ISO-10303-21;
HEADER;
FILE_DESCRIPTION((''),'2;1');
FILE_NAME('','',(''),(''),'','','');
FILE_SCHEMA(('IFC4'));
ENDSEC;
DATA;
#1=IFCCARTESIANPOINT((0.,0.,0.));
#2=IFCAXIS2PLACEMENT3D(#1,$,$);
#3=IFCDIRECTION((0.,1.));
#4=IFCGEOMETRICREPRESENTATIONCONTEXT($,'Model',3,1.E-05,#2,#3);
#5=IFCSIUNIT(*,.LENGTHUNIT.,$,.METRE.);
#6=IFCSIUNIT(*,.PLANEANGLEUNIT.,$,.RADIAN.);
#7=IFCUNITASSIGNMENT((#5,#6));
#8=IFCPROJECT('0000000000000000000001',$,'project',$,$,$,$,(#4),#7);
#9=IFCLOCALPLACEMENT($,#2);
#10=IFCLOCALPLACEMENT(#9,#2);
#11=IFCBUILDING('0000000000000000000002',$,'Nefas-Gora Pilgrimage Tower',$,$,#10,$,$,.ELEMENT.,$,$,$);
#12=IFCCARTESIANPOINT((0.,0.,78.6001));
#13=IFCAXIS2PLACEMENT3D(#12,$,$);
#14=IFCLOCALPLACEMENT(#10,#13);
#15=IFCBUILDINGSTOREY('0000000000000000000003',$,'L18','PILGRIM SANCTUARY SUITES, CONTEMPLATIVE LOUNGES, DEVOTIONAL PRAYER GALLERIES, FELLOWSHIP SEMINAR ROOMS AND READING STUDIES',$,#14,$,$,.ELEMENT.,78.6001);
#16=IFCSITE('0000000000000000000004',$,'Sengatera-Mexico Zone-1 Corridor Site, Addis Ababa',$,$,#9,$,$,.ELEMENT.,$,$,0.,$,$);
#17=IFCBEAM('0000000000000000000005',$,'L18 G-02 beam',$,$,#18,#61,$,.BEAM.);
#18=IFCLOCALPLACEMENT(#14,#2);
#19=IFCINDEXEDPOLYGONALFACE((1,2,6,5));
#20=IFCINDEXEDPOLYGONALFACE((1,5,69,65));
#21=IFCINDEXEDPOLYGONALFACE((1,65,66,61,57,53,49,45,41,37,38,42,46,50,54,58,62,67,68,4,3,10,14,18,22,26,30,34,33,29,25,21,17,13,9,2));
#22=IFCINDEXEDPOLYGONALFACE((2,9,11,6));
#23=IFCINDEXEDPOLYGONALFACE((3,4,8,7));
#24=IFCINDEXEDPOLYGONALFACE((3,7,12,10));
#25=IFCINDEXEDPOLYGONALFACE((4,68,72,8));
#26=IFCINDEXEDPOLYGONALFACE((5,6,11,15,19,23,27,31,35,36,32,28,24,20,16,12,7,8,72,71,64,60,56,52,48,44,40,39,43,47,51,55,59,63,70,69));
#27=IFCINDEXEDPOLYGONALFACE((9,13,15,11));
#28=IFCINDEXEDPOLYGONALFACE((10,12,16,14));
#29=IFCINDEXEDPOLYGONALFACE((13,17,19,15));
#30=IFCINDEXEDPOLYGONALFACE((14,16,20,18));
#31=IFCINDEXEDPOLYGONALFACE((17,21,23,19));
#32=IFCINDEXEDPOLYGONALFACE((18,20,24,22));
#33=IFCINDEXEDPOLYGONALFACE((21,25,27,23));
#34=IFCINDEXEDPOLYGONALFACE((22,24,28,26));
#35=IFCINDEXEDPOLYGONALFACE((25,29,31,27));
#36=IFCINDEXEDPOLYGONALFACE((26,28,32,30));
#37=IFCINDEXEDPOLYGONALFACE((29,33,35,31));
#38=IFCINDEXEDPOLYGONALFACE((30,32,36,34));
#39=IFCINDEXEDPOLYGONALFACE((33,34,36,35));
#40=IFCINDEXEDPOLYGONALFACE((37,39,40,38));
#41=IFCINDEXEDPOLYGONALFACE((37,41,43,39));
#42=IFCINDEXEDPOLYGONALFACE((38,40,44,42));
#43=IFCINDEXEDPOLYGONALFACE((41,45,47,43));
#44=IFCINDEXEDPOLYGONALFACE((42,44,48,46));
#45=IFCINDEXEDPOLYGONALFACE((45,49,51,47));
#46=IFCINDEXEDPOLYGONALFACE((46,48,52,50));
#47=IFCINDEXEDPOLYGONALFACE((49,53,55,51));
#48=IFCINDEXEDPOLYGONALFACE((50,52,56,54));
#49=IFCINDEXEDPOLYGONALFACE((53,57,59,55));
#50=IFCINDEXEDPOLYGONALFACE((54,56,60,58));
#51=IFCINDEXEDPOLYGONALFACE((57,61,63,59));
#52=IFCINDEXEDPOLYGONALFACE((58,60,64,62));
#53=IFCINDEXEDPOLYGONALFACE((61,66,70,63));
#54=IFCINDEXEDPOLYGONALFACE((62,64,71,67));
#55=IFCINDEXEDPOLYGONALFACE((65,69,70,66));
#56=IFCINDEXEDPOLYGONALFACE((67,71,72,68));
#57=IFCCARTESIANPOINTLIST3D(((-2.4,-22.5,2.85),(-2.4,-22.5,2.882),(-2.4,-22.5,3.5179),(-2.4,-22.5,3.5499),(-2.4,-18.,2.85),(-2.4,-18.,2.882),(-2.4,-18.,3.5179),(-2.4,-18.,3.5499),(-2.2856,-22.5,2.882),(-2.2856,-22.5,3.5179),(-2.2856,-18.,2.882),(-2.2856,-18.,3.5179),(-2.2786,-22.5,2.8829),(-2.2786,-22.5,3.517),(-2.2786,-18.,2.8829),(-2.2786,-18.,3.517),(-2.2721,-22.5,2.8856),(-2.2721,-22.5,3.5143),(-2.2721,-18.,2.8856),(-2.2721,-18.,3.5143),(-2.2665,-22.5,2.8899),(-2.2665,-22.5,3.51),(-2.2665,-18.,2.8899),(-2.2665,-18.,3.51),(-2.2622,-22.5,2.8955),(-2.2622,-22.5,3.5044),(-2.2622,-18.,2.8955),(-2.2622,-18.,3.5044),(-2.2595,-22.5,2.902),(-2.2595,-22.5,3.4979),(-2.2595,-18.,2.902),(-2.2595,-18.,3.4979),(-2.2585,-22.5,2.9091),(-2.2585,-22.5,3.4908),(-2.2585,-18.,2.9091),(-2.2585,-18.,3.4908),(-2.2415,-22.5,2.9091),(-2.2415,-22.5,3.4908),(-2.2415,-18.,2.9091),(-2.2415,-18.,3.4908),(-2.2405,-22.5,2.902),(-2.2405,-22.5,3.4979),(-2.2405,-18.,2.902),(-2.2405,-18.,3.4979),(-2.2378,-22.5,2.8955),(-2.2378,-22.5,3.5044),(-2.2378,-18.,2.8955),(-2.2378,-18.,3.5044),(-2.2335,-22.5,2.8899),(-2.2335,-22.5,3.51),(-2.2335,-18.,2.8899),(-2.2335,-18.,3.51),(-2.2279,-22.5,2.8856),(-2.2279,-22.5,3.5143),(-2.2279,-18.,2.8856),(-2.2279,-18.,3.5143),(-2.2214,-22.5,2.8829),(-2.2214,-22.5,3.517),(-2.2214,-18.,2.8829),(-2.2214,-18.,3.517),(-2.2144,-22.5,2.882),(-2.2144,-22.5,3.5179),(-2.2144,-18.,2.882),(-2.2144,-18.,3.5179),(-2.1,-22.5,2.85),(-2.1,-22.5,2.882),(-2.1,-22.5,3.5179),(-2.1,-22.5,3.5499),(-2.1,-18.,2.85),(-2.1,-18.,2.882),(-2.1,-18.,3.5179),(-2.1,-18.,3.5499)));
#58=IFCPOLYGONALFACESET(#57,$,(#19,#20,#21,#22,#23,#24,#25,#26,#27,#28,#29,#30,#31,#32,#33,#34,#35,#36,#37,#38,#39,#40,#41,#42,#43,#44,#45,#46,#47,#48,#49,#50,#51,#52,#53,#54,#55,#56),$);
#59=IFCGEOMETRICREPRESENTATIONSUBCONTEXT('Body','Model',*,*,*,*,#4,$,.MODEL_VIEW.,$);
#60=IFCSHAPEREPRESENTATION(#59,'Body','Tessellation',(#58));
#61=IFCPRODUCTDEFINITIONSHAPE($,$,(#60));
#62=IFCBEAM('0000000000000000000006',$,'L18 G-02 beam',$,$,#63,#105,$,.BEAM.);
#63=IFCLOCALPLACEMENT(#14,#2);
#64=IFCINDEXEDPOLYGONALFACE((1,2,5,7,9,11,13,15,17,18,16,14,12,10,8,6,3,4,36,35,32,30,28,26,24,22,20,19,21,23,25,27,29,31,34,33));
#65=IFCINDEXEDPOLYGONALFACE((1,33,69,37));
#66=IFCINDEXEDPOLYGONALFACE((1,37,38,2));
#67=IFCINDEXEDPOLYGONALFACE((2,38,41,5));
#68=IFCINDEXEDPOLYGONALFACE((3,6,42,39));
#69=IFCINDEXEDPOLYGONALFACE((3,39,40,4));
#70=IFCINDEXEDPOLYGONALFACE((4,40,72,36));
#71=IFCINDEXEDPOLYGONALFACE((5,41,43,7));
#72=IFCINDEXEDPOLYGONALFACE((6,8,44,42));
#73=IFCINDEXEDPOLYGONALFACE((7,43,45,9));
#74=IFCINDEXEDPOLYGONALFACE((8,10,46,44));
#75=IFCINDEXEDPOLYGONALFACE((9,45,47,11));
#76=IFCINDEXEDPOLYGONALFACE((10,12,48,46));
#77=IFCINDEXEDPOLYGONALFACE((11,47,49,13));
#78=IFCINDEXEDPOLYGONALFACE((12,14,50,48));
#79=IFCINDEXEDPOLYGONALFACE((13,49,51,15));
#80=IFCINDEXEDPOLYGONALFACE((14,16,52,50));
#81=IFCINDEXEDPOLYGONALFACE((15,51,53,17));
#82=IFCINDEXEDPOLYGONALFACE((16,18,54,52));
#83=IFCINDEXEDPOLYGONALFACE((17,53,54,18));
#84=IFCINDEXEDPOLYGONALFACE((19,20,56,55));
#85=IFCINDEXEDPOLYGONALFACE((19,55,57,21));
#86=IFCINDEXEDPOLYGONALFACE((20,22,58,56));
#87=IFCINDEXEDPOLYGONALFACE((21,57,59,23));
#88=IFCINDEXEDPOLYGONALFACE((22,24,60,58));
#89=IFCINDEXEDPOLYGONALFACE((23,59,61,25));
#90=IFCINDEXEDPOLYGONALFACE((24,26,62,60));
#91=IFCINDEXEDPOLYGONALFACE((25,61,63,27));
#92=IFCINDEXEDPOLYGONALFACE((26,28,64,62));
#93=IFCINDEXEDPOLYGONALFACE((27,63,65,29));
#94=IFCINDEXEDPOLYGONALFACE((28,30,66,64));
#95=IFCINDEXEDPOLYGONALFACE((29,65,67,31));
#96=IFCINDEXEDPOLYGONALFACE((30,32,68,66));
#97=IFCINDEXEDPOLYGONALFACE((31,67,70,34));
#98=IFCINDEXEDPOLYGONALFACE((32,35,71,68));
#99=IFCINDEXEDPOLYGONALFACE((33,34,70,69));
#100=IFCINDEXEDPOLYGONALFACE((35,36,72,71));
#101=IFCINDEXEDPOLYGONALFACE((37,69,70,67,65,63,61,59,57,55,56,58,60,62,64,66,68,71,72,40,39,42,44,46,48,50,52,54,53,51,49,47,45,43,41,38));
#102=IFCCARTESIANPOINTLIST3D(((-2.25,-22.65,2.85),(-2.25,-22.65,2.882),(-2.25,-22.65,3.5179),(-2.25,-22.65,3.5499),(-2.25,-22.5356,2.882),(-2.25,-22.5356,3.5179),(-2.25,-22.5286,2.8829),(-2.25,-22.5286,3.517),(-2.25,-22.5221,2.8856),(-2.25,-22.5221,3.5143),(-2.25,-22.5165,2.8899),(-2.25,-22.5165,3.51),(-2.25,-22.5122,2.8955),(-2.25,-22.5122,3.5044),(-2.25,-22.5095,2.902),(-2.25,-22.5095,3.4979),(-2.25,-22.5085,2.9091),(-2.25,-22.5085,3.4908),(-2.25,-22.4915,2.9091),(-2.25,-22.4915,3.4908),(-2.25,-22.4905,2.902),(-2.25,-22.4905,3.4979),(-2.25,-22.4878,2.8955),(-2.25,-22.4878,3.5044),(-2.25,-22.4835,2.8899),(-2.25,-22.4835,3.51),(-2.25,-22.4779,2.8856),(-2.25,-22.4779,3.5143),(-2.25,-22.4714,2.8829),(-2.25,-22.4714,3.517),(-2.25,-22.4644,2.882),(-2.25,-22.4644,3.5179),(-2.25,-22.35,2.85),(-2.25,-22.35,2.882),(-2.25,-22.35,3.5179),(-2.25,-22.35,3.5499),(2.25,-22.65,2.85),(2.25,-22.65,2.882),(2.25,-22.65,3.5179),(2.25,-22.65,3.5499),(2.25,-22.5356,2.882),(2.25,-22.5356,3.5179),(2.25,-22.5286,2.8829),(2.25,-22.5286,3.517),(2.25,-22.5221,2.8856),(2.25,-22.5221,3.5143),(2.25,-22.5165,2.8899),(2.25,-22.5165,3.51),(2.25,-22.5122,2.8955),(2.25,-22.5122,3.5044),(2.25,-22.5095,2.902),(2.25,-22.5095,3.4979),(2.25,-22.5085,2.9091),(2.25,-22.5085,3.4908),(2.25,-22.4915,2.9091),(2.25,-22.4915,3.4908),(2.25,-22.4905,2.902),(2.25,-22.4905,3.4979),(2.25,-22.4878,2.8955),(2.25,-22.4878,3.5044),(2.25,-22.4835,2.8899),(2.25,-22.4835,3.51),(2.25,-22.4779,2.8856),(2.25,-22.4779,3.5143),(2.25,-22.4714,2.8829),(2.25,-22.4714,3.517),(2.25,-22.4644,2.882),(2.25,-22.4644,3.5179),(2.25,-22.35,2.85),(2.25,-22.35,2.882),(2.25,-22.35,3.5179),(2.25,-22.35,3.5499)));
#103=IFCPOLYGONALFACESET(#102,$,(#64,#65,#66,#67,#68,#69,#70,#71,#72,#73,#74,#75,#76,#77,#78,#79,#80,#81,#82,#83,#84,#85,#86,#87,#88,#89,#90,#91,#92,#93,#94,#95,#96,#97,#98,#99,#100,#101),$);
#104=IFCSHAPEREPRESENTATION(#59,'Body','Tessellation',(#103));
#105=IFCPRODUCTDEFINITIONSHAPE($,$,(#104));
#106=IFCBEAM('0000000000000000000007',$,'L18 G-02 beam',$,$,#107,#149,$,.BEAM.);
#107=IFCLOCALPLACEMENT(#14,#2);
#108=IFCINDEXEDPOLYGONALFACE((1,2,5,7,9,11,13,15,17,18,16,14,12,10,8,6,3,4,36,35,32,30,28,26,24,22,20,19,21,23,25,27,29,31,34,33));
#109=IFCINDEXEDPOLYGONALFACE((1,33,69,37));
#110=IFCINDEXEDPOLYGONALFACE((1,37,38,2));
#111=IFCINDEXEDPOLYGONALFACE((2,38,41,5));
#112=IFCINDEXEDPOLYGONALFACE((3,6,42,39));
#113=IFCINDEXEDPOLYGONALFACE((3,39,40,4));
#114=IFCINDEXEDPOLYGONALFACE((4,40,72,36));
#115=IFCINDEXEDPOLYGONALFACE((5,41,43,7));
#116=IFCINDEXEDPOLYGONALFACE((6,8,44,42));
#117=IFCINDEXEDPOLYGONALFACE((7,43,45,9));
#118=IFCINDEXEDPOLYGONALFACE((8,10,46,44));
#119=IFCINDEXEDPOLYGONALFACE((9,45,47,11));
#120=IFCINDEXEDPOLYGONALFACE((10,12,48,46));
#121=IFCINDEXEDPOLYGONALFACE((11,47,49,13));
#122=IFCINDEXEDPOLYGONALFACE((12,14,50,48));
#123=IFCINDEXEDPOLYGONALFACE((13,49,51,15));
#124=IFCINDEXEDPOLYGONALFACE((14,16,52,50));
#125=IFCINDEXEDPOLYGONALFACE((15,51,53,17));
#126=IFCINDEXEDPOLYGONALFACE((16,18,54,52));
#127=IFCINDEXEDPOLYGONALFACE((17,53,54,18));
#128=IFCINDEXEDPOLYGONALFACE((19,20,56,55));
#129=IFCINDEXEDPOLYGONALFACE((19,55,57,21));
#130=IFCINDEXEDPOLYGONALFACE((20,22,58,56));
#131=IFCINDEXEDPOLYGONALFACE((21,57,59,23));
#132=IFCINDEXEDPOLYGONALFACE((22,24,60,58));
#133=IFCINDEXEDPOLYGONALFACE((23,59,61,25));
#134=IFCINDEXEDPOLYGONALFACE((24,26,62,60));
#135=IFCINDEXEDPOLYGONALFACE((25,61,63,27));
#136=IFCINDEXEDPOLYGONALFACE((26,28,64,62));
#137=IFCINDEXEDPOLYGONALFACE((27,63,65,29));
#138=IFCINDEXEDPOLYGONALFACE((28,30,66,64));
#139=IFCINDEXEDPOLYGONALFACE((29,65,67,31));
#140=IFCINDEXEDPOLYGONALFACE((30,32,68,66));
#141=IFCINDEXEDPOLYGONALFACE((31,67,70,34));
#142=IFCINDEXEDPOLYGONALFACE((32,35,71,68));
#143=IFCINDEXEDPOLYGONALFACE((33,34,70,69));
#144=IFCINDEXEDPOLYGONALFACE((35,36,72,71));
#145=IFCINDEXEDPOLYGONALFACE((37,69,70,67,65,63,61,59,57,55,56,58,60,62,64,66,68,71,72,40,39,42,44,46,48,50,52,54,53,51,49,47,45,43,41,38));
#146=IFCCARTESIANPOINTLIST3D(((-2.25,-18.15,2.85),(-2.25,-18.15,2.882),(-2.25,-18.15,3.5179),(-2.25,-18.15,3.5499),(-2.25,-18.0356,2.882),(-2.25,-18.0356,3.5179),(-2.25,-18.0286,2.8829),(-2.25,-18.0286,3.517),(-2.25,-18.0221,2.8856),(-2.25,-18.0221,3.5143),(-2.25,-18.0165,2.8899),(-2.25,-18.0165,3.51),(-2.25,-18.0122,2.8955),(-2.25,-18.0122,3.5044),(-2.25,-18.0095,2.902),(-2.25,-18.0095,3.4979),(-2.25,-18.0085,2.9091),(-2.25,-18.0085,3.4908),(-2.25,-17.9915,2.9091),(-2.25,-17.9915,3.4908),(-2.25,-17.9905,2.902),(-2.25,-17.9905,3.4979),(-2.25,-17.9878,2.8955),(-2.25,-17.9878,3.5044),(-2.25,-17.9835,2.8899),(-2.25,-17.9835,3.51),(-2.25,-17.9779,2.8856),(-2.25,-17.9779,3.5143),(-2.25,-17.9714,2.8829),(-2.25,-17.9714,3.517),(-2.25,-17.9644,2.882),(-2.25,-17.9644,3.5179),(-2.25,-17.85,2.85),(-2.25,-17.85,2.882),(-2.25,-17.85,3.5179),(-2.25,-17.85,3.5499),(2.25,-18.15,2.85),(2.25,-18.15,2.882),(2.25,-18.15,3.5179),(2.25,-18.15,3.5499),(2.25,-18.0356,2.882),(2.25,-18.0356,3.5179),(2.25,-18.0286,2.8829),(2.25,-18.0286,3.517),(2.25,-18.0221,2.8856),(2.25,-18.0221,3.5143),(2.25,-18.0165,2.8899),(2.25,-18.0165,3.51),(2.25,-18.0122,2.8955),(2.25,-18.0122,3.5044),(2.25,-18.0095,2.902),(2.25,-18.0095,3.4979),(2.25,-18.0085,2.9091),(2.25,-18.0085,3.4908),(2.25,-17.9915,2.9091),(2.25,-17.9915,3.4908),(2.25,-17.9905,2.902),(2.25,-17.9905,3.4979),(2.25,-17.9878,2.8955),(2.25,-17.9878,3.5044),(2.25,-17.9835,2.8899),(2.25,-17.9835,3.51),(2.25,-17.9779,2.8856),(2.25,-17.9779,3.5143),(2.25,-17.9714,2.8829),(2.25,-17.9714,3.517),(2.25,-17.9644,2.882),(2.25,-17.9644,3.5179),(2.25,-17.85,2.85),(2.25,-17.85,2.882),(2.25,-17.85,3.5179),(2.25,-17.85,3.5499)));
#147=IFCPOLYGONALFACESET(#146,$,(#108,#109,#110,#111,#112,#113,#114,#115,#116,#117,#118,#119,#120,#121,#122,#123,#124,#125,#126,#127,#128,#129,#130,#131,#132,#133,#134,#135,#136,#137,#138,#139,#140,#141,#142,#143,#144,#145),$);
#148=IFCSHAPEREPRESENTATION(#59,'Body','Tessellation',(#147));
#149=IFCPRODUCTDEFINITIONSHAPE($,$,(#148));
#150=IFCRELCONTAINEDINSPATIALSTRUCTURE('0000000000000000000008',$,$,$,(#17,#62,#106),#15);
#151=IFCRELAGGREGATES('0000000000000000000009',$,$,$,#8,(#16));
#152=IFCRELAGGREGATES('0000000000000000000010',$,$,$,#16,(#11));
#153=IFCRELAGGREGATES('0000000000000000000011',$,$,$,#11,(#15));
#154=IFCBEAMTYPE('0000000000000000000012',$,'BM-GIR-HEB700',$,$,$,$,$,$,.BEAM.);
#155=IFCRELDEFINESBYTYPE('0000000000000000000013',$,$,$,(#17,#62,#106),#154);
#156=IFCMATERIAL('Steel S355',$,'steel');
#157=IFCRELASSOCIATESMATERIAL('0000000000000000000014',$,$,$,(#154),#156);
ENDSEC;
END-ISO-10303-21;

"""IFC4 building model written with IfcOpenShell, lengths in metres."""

from ifc_helpers import new_model, si_unit, direction, frame, origin, origin_2d, place, context, subcontext, project, spatial, i_section, extrude, source, transform, mapped, material, material_profile, profile_set, type_object, element, save


model = new_model("IFC4")

# Units and contexts
model_context = context("Model", 3, precision=1e-05, world=origin(), true_north=direction((0.0, 1.0)))
body_context = subcontext(model_context, "Body", "Model", "MODEL_VIEW")
ifc_project = project(units=[si_unit("LENGTHUNIT", "METRE"), si_unit("PLANEANGLEUNIT", "RADIAN")], contexts=[model_context])

# Site, building, storey
site_placement = place(None, origin())
site = spatial("IfcSite", under=ifc_project, at=site_placement, Name="Sengatera-Mexico Zone-1 Corridor Site, Addis Ababa", CompositionType="ELEMENT", RefElevation=0.0)
building_placement = place(site_placement, origin())
building = spatial("IfcBuilding", under=site, at=building_placement, Name="Nefas-Gora Pilgrimage Tower", CompositionType="ELEMENT")
storey_placement = place(building_placement, frame((0.0, 0.0, 78.6001)))
storey = spatial("IfcBuildingStorey", under=building, at=storey_placement, Name="L18", Description="PILGRIM SANCTUARY SUITES, CONTEMPLATIVE LOUNGES, DEVOTIONAL PRAYER GALLERIES, FELLOWSHIP SEMINAR ROOMS AND READING STUDIES", CompositionType="ELEMENT", Elevation=78.6001)

# Beams
ifc_material_1 = material(Name="Steel S355", Category="steel")
ifc_material_profile_1 = material_profile(ifc_material_1, i_section(OverallWidth=0.3, OverallDepth=0.7, WebThickness=0.0171, FlangeThickness=0.032, FilletRadius=0.0271, at=origin_2d()), Name="HEB 700")
ifc_profile_set_1 = profile_set([ifc_material_profile_1], Name="Steel S355")
beam_type = type_object("IfcBeamType", Name="BM-GIR-HEB700", PredefinedType="BEAM", material=ifc_profile_set_1)
shared_shape_1 = source(origin(), body_context, "Body", "SweptSolid", [
    extrude(i_section(OverallWidth=0.3, OverallDepth=0.7, WebThickness=0.0171, FlangeThickness=0.032, FilletRadius=0.0271, at=origin_2d()), origin(), (0.0, 0.0, 1.0), 4.5),
])
for number, where, z_axis, x_axis, name in (
    (1, (-2.25, -22.5, 3.2), (0.0, 1.0, 0.0), (-1.0, 0.0, 0.0), "L18 G-02 beam"),
    (2, (-2.25, -22.5, 3.2), (1.0, 0.0, 0.0), (0.0, 1.0, 0.0), "L18 G-02 beam"),
    (3, (-2.25, -18.0, 3.2), (1.0, 0.0, 0.0), (0.0, 1.0, 0.0), "L18 G-02 beam"),
):
    element("IfcBeam", number, at=place(storey_placement, frame(where, z_axis=z_axis, x_axis=x_axis)), inside=storey, type_object=beam_type, Name=name, PredefinedType="BEAM", context=body_context, shape_type="MappedRepresentation", body=[
        mapped(shared_shape_1, transform((0.0, 0.0, 0.0), x_axis=(1.0, 0.0, 0.0), y_axis=(0.0, 1.0, 0.0), z_axis=(0.0, 0.0, 1.0), scale=1.0)),
    ])

save(model, "model.ifc")
